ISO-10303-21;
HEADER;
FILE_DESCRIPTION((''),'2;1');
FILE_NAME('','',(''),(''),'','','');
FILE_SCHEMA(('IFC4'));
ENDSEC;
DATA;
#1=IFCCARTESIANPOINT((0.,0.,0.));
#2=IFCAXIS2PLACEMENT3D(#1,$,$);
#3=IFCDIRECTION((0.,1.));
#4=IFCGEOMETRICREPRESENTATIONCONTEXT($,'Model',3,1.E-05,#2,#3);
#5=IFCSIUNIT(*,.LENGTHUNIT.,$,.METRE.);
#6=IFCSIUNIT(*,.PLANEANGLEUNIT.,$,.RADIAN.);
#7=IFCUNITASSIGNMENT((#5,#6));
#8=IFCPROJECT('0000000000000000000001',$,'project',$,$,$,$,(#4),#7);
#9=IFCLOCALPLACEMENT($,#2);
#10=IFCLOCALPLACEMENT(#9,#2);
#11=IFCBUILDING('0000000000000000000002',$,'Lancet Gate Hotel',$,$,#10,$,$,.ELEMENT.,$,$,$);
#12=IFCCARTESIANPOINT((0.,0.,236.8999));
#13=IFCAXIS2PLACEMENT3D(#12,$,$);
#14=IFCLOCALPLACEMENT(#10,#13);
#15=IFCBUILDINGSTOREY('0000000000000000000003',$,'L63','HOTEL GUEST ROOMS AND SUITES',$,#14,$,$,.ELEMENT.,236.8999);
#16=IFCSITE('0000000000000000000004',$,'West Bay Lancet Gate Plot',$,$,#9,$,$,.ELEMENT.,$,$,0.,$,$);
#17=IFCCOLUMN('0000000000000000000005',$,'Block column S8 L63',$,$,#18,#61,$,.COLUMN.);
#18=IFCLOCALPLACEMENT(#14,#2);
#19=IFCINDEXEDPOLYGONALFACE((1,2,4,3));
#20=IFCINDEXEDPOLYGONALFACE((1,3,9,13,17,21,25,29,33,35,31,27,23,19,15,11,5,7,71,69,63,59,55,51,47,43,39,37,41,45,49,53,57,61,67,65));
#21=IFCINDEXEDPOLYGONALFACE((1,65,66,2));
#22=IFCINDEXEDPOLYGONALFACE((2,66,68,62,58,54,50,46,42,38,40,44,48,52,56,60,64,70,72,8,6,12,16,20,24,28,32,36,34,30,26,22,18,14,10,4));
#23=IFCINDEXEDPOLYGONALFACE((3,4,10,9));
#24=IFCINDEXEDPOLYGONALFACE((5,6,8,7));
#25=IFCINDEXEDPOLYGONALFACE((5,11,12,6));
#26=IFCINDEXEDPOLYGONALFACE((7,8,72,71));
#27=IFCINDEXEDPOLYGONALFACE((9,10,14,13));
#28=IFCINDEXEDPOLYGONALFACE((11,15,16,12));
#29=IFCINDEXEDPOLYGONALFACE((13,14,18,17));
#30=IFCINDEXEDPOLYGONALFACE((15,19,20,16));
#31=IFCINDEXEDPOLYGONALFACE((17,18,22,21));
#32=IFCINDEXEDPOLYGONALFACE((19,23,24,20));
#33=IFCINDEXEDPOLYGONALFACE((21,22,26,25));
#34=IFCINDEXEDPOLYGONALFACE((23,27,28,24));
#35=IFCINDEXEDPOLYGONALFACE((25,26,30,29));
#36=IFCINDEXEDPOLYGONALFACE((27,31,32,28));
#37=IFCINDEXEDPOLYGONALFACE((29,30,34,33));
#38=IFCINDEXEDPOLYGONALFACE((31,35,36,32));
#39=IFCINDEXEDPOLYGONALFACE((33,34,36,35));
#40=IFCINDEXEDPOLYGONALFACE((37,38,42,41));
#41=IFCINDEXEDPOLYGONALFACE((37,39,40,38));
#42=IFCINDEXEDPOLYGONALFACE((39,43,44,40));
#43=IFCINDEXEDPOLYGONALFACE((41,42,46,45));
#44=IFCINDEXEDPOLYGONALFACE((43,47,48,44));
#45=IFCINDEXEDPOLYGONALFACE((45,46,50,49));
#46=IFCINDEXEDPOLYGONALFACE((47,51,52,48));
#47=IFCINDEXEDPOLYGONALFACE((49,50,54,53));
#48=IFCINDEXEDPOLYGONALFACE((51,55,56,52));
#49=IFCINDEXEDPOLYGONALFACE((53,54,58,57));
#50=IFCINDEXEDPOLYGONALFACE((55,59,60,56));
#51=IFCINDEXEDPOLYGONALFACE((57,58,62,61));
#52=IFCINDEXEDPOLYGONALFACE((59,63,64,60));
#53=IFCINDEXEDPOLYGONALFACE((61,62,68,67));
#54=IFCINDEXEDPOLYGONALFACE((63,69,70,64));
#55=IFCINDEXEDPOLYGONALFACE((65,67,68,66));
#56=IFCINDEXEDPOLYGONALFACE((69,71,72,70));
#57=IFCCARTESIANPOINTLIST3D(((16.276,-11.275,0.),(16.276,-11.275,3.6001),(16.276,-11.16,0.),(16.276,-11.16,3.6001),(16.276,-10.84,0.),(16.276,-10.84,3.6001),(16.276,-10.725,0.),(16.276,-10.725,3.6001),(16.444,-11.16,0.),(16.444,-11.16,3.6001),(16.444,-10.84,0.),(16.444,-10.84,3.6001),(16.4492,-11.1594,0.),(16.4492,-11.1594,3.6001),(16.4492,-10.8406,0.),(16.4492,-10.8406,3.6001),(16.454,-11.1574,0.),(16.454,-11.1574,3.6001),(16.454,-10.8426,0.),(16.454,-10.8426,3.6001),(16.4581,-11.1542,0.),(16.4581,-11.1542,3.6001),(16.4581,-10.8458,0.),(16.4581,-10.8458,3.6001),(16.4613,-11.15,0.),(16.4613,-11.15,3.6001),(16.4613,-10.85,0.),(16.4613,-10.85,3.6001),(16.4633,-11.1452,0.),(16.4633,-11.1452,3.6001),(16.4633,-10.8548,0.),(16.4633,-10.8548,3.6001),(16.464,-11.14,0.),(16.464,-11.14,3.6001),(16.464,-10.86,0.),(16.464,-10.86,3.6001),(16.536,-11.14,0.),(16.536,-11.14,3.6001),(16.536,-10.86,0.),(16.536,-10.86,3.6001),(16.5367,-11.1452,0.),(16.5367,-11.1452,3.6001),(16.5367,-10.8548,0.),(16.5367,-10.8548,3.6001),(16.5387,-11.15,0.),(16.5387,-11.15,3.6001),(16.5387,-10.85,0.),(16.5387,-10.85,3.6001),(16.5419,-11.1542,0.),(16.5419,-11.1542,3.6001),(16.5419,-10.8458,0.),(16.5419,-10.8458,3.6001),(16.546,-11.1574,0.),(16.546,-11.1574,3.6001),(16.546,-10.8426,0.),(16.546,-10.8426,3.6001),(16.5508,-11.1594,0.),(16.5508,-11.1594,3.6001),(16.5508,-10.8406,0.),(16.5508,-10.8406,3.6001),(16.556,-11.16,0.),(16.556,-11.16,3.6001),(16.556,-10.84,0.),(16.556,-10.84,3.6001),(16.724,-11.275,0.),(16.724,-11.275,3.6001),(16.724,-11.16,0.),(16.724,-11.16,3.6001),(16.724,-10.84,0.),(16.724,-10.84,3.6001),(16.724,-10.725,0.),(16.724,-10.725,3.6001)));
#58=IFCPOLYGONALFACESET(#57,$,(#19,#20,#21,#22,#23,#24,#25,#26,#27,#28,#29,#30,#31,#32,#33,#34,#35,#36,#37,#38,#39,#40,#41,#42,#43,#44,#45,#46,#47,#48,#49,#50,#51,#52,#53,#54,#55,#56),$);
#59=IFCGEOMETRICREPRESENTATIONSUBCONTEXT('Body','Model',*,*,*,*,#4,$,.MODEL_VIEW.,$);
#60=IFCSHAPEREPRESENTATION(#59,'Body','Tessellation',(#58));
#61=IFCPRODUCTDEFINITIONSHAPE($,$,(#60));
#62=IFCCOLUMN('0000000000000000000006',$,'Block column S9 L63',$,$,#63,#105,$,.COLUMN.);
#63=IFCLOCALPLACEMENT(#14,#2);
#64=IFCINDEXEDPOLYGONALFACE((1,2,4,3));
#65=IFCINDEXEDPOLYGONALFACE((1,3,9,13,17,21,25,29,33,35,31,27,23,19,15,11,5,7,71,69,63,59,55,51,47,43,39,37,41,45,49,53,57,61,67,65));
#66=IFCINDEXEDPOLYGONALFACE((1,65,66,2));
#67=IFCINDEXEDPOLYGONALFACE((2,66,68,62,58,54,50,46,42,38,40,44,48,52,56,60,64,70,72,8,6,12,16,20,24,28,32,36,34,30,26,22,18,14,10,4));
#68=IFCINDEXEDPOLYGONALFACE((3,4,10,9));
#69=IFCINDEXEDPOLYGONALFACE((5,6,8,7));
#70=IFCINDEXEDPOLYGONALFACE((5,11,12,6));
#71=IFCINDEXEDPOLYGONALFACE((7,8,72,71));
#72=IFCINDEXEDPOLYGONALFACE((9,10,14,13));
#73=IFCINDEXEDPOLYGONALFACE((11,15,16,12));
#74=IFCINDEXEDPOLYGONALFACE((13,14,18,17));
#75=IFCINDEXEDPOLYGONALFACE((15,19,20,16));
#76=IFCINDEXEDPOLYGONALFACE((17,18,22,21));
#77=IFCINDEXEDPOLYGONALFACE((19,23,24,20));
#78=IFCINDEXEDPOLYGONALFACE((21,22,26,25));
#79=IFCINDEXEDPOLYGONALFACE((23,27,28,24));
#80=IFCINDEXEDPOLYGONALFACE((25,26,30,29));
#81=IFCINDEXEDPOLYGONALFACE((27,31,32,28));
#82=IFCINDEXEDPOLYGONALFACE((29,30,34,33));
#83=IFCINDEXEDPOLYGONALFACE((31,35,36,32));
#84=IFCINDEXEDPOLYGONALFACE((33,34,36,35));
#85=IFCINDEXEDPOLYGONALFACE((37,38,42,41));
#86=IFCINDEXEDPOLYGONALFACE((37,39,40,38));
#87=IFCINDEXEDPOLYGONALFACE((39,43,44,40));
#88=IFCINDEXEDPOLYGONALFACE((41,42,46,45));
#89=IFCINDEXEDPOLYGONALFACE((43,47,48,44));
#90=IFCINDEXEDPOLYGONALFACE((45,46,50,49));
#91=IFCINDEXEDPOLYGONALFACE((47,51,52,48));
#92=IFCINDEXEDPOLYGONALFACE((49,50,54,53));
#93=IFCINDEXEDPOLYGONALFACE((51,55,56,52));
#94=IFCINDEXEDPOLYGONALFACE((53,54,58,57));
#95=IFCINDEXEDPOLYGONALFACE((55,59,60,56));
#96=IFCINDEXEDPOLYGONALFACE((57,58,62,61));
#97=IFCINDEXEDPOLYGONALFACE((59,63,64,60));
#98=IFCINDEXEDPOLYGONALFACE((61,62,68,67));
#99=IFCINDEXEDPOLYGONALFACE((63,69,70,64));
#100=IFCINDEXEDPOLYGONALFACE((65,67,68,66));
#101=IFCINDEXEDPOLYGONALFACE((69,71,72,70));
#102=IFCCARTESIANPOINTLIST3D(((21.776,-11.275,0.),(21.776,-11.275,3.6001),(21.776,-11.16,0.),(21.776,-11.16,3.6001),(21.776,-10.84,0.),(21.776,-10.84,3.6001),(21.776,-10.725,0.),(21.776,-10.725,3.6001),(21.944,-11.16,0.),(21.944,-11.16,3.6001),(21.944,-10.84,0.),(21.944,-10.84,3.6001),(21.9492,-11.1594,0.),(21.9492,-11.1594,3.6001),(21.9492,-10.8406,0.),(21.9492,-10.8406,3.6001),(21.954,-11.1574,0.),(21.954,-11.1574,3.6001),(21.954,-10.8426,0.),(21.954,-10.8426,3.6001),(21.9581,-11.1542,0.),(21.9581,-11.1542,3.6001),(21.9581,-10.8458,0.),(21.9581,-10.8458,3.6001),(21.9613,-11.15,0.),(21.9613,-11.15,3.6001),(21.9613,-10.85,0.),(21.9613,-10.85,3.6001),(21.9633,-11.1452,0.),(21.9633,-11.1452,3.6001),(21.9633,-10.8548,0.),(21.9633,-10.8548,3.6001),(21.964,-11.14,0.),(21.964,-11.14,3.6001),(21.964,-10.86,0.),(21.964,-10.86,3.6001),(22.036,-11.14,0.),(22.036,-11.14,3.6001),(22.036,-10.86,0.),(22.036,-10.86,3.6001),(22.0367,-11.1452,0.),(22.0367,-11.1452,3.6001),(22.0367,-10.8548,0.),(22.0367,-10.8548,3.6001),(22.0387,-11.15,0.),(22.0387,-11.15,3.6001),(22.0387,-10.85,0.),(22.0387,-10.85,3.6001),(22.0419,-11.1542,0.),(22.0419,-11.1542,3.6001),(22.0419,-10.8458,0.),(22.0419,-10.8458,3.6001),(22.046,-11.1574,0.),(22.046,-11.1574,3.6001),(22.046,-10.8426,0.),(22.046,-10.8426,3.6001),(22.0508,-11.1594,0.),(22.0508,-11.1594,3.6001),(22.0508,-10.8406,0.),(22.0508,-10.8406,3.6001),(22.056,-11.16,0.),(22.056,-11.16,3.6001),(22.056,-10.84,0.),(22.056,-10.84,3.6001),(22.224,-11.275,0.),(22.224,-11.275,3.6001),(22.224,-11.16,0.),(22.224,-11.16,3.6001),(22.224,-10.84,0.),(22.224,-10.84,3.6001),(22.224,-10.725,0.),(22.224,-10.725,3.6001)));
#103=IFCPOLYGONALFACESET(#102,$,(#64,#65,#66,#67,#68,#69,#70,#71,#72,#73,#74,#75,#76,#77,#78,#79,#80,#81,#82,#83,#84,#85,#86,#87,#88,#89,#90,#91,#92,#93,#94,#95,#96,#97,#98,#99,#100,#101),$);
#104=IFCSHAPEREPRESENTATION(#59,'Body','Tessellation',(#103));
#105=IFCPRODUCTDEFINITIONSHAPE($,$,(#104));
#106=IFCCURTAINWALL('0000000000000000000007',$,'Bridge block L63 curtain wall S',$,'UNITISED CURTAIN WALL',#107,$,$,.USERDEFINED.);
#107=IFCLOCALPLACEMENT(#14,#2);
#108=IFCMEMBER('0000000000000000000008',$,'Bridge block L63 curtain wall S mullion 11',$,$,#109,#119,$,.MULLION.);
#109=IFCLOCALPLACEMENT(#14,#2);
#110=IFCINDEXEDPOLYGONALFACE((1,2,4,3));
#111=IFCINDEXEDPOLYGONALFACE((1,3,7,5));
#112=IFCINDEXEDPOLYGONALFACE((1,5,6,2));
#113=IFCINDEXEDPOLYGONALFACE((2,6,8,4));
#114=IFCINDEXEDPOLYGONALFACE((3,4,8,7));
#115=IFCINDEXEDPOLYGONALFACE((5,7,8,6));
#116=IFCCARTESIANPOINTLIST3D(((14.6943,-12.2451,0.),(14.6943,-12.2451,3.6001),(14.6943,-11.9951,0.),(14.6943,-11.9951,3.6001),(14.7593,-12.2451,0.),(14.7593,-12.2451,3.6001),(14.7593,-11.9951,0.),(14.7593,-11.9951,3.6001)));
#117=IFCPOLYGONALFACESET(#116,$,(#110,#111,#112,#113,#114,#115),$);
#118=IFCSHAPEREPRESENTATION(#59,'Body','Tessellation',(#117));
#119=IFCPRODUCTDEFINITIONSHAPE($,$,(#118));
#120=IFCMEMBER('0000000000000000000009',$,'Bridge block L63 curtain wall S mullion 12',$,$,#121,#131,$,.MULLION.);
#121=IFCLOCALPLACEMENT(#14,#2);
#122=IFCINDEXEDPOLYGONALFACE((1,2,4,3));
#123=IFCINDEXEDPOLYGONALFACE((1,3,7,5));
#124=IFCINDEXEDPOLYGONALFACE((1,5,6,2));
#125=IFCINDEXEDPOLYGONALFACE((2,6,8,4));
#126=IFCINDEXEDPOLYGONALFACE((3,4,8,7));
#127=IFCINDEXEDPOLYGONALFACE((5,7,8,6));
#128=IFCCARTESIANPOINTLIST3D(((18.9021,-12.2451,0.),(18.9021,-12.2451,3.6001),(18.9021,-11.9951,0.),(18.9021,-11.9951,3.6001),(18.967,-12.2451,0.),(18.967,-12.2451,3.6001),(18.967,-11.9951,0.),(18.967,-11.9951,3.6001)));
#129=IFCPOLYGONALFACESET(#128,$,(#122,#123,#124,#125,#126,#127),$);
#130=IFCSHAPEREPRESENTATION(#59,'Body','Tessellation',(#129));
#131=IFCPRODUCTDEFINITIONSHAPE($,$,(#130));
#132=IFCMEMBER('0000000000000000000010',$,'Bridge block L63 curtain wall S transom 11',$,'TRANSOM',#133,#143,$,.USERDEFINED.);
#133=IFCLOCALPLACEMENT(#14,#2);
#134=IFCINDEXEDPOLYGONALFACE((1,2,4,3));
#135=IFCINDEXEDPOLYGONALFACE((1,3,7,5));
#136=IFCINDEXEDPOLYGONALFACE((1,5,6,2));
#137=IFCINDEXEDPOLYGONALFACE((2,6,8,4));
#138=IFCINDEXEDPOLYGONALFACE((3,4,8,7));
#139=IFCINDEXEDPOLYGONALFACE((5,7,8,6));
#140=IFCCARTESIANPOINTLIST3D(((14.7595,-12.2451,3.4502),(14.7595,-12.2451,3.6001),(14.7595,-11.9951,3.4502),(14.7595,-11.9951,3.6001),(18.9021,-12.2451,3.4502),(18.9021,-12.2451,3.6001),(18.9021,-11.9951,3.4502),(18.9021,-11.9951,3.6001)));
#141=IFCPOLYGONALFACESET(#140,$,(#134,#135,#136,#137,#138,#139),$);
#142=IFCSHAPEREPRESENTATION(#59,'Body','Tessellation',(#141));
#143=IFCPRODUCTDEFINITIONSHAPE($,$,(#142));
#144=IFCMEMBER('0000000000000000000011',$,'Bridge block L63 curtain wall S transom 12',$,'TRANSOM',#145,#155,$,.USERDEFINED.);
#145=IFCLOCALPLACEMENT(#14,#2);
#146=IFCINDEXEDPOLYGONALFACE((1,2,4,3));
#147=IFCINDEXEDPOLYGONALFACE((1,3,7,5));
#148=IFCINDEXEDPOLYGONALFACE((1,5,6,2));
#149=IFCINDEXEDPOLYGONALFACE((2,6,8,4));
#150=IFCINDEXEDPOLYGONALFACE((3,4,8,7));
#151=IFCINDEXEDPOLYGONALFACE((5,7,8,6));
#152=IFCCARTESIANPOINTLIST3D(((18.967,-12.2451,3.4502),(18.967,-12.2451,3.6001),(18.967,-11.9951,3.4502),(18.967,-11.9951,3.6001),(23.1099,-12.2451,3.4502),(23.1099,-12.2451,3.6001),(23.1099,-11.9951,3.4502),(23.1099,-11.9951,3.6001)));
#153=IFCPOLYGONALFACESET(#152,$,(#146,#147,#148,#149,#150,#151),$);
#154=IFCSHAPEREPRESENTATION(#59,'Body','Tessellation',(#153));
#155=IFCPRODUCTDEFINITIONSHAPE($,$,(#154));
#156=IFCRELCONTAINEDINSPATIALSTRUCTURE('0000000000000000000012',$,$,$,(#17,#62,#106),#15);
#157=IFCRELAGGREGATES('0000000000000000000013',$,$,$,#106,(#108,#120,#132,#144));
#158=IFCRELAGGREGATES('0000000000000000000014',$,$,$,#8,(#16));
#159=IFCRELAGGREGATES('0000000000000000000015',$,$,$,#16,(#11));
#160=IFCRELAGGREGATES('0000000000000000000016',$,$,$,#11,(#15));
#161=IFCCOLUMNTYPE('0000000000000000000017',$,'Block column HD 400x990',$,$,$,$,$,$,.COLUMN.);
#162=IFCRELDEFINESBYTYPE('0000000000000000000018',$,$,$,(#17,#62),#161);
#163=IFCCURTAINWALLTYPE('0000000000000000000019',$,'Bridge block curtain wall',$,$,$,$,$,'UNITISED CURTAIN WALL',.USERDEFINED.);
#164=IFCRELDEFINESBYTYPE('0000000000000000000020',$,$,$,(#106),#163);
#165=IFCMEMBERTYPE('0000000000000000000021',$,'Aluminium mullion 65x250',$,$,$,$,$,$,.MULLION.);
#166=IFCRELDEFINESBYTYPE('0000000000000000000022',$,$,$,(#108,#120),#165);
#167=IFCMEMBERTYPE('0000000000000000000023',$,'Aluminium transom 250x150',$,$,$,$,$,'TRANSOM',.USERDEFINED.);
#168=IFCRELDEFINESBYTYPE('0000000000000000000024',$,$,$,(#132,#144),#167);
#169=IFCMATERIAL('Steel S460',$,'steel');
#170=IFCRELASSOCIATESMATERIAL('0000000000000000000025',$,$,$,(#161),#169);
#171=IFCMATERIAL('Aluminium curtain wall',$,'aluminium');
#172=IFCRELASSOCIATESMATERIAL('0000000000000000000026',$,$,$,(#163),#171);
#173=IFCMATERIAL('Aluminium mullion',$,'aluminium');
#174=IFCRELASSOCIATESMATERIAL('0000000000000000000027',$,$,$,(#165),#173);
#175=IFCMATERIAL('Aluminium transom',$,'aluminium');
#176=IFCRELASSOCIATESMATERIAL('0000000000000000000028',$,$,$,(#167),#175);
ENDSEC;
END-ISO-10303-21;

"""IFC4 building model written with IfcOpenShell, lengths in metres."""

from ifc_helpers import new_model, si_unit, direction, frame, origin, origin_2d, place, context, subcontext, project, spatial, rectangle, i_section, extrude, material, material_profile, profile_set, type_object, element, aggregate, save


model = new_model("IFC4")

# Units and contexts
model_context = context("Model", 3, precision=1e-05, world=origin(), true_north=direction((0.0, 1.0)))
body_context = subcontext(model_context, "Body", "Model", "MODEL_VIEW")
ifc_project = project(units=[si_unit("LENGTHUNIT", "METRE"), si_unit("PLANEANGLEUNIT", "RADIAN")], contexts=[model_context])

# Site, building, storey
site_placement = place(None, origin())
site = spatial("IfcSite", under=ifc_project, at=site_placement, Name="West Bay Lancet Gate Plot", CompositionType="ELEMENT", RefElevation=0.0)
building_placement = place(site_placement, origin())
building = spatial("IfcBuilding", under=site, at=building_placement, Name="Lancet Gate Hotel", CompositionType="ELEMENT")
storey_placement = place(building_placement, frame((0.0, 0.0, 236.8999)))
storey = spatial("IfcBuildingStorey", under=building, at=storey_placement, Name="L63", Description="HOTEL GUEST ROOMS AND SUITES", CompositionType="ELEMENT", Elevation=236.8999)

# Columns
ifc_material_1 = material(Name="Steel S460", Category="steel")
ifc_material_profile_1 = material_profile(ifc_material_1, i_section(OverallWidth=0.448, OverallDepth=0.55, WebThickness=0.072, FlangeThickness=0.115, FilletRadius=0.02, at=origin_2d()), Name="HD 400x990")
ifc_profile_set_1 = profile_set([ifc_material_profile_1], Name="Steel S460")
column_type = type_object("IfcColumnType", Name="Block column HD 400x990", PredefinedType="COLUMN", material=ifc_profile_set_1)
for number, where, z_axis, x_axis, name in (
    (1, (16.5, -11.0, 0.0), (0.0, 0.0, 1.0), (1.0, 0.0, 0.0), "Block column S8 L63"),
    (2, (22.0, -11.0, 0.0), (0.0, 0.0, 1.0), (1.0, 0.0, 0.0), "Block column S9 L63"),
):
    element("IfcColumn", number, at=place(storey_placement, frame(where, z_axis=z_axis, x_axis=x_axis)), inside=storey, type_object=column_type, Name=name, PredefinedType="COLUMN", context=body_context, shape_type="SweptSolid", body=[
        extrude(i_section(OverallWidth=0.448, OverallDepth=0.55, WebThickness=0.072, FlangeThickness=0.115, FilletRadius=0.02, at=origin_2d()), origin(), (0.0, 0.0, 1.0), 3.6001),
    ])

# Curtain wall, members
ifc_material_2 = material(Name="Aluminium curtain wall", Category="aluminium")
curtain_wall_type = type_object("IfcCurtainWallType", Name="Bridge block curtain wall", ElementType="UNITISED CURTAIN WALL", PredefinedType="USERDEFINED", material=ifc_material_2)
curtain_wall_placement = place(storey_placement, origin())
curtain_wall = element("IfcCurtainWall", 3, at=curtain_wall_placement, inside=storey, type_object=curtain_wall_type, Name="Bridge block L63 curtain wall S", ObjectType="UNITISED CURTAIN WALL", PredefinedType="USERDEFINED")
ifc_material_3 = material(Name="Aluminium mullion", Category="aluminium")
ifc_material_profile_2 = material_profile(ifc_material_3, rectangle(XDim=0.0649, YDim=0.25, at=origin_2d()), Name="MULLION 65x250")
ifc_profile_set_2 = profile_set([ifc_material_profile_2], Name="Aluminium mullion")
member_type_1 = type_object("IfcMemberType", Name="Aluminium mullion 65x250", PredefinedType="MULLION", material=ifc_profile_set_2)
member_1_placement = place(storey_placement, frame((14.7268, -12.1201, 0.0), z_axis=(0.0, 0.0, 1.0), x_axis=(1.0, 0.0, 0.0)))
member_1 = element("IfcMember", 4, at=member_1_placement, type_object=member_type_1, Name="Bridge block L63 curtain wall S mullion 11", PredefinedType="MULLION", context=body_context, shape_type="SweptSolid", body=[
    extrude(rectangle(XDim=0.0649, YDim=0.25, at=origin_2d()), origin(), (0.0, 0.0, 1.0), 3.6001),
])
member_2_placement = place(storey_placement, frame((18.9346, -12.1201, 0.0), z_axis=(0.0, 0.0, 1.0), x_axis=(1.0, 0.0, 0.0)))
member_2 = element("IfcMember", 5, at=member_2_placement, type_object=member_type_1, Name="Bridge block L63 curtain wall S mullion 12", PredefinedType="MULLION", context=body_context, shape_type="SweptSolid", body=[
    extrude(rectangle(XDim=0.0649, YDim=0.25, at=origin_2d()), origin(), (0.0, 0.0, 1.0), 3.6001),
])
ifc_material_4 = material(Name="Aluminium transom", Category="aluminium")
ifc_material_profile_3 = material_profile(ifc_material_4, rectangle(XDim=0.25, YDim=0.1499, at=origin_2d()), Name="TRANSOM 250x150")
ifc_profile_set_3 = profile_set([ifc_material_profile_3], Name="Aluminium transom")
member_type_2 = type_object("IfcMemberType", Name="Aluminium transom 250x150", ElementType="TRANSOM", PredefinedType="USERDEFINED", material=ifc_profile_set_3)
member_3_placement = place(storey_placement, frame((14.7595, -12.1201, 3.5251), z_axis=(1.0, 0.0, 0.0), x_axis=(0.0, 1.0, 0.0)))
member_3 = element("IfcMember", 6, at=member_3_placement, type_object=member_type_2, Name="Bridge block L63 curtain wall S transom 11", ObjectType="TRANSOM", PredefinedType="USERDEFINED", context=body_context, shape_type="SweptSolid", body=[
    extrude(rectangle(XDim=0.25, YDim=0.1499, at=origin_2d()), origin(), (0.0, 0.0, 1.0), 4.1426),
])
member_4_placement = place(storey_placement, frame((18.967, -12.1201, 3.5251), z_axis=(1.0, 0.0, 0.0), x_axis=(0.0, 1.0, 0.0)))
member_4 = element("IfcMember", 7, at=member_4_placement, type_object=member_type_2, Name="Bridge block L63 curtain wall S transom 12", ObjectType="TRANSOM", PredefinedType="USERDEFINED", context=body_context, shape_type="SweptSolid", body=[
    extrude(rectangle(XDim=0.25, YDim=0.1499, at=origin_2d()), origin(), (0.0, 0.0, 1.0), 4.1428),
])

aggregate(curtain_wall, [member_1, member_2, member_3, member_4])

save(model, "model.ifc")
